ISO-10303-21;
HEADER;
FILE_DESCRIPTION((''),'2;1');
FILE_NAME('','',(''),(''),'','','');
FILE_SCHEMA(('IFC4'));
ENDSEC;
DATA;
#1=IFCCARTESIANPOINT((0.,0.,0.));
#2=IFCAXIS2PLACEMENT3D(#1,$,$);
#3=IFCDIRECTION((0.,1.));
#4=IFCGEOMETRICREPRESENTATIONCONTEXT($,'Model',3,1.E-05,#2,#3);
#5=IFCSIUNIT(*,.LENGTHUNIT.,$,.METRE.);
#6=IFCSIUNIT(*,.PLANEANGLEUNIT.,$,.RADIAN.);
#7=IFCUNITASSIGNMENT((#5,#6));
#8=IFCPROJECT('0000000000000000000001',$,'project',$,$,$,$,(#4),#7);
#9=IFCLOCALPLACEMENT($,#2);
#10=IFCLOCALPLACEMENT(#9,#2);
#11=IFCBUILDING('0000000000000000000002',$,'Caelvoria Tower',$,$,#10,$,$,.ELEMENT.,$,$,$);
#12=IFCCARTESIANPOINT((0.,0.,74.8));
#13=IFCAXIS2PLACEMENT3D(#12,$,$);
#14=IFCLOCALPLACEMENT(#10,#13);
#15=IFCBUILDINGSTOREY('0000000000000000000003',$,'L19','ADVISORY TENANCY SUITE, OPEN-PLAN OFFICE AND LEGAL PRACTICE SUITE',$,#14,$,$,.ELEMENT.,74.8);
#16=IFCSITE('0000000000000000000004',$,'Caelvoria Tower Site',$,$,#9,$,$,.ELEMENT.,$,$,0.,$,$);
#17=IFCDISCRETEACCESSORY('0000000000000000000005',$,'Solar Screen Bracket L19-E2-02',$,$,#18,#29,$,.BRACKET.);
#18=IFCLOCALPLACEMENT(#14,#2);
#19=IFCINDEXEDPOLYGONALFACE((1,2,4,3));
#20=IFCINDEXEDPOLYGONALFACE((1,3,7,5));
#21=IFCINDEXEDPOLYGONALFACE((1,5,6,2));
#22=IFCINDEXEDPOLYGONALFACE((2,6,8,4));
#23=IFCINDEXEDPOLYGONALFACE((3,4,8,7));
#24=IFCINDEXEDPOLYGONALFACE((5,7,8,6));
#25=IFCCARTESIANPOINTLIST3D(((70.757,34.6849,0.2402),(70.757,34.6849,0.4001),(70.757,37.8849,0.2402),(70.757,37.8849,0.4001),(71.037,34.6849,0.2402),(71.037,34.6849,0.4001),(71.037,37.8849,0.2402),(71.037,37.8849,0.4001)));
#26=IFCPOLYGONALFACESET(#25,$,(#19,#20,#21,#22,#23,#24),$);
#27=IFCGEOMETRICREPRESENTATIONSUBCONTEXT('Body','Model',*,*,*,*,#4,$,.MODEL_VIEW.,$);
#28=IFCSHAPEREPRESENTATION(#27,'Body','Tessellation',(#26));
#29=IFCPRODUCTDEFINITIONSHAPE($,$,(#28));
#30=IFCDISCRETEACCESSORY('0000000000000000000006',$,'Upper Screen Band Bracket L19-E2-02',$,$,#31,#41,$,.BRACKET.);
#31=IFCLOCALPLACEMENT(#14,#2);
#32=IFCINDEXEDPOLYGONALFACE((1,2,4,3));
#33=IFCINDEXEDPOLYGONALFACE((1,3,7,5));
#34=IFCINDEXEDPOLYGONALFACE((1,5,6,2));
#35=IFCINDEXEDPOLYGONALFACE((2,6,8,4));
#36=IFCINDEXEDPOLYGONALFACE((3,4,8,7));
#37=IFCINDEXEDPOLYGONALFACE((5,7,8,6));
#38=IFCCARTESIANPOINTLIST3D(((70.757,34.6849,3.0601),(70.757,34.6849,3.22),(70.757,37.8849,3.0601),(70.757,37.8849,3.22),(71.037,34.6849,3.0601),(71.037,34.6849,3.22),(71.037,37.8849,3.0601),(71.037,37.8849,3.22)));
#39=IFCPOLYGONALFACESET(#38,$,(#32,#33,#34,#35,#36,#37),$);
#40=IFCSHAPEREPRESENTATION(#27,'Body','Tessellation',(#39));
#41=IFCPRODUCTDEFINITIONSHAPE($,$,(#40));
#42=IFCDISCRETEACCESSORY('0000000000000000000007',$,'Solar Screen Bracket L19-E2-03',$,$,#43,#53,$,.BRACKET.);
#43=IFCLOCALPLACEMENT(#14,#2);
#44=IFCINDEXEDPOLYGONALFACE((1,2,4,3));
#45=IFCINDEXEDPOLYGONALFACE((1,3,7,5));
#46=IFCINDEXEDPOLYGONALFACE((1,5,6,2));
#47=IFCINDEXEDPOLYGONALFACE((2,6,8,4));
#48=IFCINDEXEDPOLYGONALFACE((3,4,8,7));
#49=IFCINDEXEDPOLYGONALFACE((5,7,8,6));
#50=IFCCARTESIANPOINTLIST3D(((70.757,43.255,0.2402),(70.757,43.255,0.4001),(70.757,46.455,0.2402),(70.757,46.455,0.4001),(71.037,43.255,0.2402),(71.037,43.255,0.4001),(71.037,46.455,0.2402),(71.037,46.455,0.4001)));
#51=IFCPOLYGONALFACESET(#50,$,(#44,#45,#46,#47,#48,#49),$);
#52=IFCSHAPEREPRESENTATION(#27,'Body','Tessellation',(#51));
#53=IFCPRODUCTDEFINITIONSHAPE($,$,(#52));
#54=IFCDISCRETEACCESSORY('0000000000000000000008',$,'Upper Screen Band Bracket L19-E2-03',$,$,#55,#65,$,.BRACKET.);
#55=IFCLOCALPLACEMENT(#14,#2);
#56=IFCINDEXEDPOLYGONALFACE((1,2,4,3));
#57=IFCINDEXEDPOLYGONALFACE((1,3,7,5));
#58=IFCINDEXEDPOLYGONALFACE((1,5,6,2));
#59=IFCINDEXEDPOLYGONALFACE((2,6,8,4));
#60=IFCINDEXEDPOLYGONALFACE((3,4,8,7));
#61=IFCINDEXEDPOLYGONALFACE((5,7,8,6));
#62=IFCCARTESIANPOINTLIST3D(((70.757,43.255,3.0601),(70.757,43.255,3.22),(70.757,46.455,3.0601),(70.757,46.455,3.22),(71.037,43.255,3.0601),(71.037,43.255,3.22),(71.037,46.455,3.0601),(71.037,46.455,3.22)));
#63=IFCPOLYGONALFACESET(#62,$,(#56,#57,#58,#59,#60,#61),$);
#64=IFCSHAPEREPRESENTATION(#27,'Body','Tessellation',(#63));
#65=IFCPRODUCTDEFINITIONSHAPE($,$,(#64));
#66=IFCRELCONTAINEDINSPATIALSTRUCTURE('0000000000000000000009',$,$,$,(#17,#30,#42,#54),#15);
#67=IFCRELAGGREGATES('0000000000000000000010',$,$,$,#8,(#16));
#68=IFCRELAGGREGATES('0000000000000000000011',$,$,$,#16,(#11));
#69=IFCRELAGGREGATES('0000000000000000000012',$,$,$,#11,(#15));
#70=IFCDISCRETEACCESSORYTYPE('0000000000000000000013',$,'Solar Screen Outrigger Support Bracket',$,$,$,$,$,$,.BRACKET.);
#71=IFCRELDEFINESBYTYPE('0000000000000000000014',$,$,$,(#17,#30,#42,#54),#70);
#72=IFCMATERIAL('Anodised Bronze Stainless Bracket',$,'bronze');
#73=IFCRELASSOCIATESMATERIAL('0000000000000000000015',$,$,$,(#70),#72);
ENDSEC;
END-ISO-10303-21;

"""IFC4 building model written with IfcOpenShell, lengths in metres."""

from ifc_helpers import new_model, si_unit, direction, frame, origin, origin_2d, place, context, subcontext, project, spatial, rectangle, extrude, material, type_object, element, save


model = new_model("IFC4")

# Units and contexts
model_context = context("Model", 3, precision=1e-05, world=origin(), true_north=direction((0.0, 1.0)))
body_context = subcontext(model_context, "Body", "Model", "MODEL_VIEW")
ifc_project = project(units=[si_unit("LENGTHUNIT", "METRE"), si_unit("PLANEANGLEUNIT", "RADIAN")], contexts=[model_context])

# Site, building, storey
site_placement = place(None, origin())
site = spatial("IfcSite", under=ifc_project, at=site_placement, Name="Caelvoria Tower Site", CompositionType="ELEMENT", RefElevation=0.0)
building_placement = place(site_placement, origin())
building = spatial("IfcBuilding", under=site, at=building_placement, Name="Caelvoria Tower", CompositionType="ELEMENT")
storey_placement = place(building_placement, frame((0.0, 0.0, 74.8)))
storey = spatial("IfcBuildingStorey", under=building, at=storey_placement, Name="L19", Description="ADVISORY TENANCY SUITE, OPEN-PLAN OFFICE AND LEGAL PRACTICE SUITE", CompositionType="ELEMENT", Elevation=74.8)

# Discrete accessories
ifc_material_1 = material(Name="Anodised Bronze Stainless Bracket", Category="bronze")
discrete_accessory_type = type_object("IfcDiscreteAccessoryType", Name="Solar Screen Outrigger Support Bracket", PredefinedType="BRACKET", material=ifc_material_1)
for number, where, z_axis, x_axis, name in (
    (1, (70.897, 36.2849, 0.2402), (0.0, 0.0, 1.0), (0.0, 1.0, 0.0), "Solar Screen Bracket L19-E2-02"),
    (2, (70.897, 36.2849, 3.0601), (0.0, 0.0, 1.0), (0.0, 1.0, 0.0), "Upper Screen Band Bracket L19-E2-02"),
    (3, (70.897, 44.855, 0.2402), (0.0, 0.0, 1.0), (0.0, 1.0, 0.0), "Solar Screen Bracket L19-E2-03"),
    (4, (70.897, 44.855, 3.0601), (0.0, 0.0, 1.0), (0.0, 1.0, 0.0), "Upper Screen Band Bracket L19-E2-03"),
):
    element("IfcDiscreteAccessory", number, at=place(storey_placement, frame(where, z_axis=z_axis, x_axis=x_axis)), inside=storey, type_object=discrete_accessory_type, Name=name, PredefinedType="BRACKET", context=body_context, shape_type="SweptSolid", body=[
        extrude(rectangle(XDim=3.2, YDim=0.28, at=origin_2d()), origin(), (0.0, 0.0, 1.0), 0.1599),
    ])

save(model, "model.ifc")
